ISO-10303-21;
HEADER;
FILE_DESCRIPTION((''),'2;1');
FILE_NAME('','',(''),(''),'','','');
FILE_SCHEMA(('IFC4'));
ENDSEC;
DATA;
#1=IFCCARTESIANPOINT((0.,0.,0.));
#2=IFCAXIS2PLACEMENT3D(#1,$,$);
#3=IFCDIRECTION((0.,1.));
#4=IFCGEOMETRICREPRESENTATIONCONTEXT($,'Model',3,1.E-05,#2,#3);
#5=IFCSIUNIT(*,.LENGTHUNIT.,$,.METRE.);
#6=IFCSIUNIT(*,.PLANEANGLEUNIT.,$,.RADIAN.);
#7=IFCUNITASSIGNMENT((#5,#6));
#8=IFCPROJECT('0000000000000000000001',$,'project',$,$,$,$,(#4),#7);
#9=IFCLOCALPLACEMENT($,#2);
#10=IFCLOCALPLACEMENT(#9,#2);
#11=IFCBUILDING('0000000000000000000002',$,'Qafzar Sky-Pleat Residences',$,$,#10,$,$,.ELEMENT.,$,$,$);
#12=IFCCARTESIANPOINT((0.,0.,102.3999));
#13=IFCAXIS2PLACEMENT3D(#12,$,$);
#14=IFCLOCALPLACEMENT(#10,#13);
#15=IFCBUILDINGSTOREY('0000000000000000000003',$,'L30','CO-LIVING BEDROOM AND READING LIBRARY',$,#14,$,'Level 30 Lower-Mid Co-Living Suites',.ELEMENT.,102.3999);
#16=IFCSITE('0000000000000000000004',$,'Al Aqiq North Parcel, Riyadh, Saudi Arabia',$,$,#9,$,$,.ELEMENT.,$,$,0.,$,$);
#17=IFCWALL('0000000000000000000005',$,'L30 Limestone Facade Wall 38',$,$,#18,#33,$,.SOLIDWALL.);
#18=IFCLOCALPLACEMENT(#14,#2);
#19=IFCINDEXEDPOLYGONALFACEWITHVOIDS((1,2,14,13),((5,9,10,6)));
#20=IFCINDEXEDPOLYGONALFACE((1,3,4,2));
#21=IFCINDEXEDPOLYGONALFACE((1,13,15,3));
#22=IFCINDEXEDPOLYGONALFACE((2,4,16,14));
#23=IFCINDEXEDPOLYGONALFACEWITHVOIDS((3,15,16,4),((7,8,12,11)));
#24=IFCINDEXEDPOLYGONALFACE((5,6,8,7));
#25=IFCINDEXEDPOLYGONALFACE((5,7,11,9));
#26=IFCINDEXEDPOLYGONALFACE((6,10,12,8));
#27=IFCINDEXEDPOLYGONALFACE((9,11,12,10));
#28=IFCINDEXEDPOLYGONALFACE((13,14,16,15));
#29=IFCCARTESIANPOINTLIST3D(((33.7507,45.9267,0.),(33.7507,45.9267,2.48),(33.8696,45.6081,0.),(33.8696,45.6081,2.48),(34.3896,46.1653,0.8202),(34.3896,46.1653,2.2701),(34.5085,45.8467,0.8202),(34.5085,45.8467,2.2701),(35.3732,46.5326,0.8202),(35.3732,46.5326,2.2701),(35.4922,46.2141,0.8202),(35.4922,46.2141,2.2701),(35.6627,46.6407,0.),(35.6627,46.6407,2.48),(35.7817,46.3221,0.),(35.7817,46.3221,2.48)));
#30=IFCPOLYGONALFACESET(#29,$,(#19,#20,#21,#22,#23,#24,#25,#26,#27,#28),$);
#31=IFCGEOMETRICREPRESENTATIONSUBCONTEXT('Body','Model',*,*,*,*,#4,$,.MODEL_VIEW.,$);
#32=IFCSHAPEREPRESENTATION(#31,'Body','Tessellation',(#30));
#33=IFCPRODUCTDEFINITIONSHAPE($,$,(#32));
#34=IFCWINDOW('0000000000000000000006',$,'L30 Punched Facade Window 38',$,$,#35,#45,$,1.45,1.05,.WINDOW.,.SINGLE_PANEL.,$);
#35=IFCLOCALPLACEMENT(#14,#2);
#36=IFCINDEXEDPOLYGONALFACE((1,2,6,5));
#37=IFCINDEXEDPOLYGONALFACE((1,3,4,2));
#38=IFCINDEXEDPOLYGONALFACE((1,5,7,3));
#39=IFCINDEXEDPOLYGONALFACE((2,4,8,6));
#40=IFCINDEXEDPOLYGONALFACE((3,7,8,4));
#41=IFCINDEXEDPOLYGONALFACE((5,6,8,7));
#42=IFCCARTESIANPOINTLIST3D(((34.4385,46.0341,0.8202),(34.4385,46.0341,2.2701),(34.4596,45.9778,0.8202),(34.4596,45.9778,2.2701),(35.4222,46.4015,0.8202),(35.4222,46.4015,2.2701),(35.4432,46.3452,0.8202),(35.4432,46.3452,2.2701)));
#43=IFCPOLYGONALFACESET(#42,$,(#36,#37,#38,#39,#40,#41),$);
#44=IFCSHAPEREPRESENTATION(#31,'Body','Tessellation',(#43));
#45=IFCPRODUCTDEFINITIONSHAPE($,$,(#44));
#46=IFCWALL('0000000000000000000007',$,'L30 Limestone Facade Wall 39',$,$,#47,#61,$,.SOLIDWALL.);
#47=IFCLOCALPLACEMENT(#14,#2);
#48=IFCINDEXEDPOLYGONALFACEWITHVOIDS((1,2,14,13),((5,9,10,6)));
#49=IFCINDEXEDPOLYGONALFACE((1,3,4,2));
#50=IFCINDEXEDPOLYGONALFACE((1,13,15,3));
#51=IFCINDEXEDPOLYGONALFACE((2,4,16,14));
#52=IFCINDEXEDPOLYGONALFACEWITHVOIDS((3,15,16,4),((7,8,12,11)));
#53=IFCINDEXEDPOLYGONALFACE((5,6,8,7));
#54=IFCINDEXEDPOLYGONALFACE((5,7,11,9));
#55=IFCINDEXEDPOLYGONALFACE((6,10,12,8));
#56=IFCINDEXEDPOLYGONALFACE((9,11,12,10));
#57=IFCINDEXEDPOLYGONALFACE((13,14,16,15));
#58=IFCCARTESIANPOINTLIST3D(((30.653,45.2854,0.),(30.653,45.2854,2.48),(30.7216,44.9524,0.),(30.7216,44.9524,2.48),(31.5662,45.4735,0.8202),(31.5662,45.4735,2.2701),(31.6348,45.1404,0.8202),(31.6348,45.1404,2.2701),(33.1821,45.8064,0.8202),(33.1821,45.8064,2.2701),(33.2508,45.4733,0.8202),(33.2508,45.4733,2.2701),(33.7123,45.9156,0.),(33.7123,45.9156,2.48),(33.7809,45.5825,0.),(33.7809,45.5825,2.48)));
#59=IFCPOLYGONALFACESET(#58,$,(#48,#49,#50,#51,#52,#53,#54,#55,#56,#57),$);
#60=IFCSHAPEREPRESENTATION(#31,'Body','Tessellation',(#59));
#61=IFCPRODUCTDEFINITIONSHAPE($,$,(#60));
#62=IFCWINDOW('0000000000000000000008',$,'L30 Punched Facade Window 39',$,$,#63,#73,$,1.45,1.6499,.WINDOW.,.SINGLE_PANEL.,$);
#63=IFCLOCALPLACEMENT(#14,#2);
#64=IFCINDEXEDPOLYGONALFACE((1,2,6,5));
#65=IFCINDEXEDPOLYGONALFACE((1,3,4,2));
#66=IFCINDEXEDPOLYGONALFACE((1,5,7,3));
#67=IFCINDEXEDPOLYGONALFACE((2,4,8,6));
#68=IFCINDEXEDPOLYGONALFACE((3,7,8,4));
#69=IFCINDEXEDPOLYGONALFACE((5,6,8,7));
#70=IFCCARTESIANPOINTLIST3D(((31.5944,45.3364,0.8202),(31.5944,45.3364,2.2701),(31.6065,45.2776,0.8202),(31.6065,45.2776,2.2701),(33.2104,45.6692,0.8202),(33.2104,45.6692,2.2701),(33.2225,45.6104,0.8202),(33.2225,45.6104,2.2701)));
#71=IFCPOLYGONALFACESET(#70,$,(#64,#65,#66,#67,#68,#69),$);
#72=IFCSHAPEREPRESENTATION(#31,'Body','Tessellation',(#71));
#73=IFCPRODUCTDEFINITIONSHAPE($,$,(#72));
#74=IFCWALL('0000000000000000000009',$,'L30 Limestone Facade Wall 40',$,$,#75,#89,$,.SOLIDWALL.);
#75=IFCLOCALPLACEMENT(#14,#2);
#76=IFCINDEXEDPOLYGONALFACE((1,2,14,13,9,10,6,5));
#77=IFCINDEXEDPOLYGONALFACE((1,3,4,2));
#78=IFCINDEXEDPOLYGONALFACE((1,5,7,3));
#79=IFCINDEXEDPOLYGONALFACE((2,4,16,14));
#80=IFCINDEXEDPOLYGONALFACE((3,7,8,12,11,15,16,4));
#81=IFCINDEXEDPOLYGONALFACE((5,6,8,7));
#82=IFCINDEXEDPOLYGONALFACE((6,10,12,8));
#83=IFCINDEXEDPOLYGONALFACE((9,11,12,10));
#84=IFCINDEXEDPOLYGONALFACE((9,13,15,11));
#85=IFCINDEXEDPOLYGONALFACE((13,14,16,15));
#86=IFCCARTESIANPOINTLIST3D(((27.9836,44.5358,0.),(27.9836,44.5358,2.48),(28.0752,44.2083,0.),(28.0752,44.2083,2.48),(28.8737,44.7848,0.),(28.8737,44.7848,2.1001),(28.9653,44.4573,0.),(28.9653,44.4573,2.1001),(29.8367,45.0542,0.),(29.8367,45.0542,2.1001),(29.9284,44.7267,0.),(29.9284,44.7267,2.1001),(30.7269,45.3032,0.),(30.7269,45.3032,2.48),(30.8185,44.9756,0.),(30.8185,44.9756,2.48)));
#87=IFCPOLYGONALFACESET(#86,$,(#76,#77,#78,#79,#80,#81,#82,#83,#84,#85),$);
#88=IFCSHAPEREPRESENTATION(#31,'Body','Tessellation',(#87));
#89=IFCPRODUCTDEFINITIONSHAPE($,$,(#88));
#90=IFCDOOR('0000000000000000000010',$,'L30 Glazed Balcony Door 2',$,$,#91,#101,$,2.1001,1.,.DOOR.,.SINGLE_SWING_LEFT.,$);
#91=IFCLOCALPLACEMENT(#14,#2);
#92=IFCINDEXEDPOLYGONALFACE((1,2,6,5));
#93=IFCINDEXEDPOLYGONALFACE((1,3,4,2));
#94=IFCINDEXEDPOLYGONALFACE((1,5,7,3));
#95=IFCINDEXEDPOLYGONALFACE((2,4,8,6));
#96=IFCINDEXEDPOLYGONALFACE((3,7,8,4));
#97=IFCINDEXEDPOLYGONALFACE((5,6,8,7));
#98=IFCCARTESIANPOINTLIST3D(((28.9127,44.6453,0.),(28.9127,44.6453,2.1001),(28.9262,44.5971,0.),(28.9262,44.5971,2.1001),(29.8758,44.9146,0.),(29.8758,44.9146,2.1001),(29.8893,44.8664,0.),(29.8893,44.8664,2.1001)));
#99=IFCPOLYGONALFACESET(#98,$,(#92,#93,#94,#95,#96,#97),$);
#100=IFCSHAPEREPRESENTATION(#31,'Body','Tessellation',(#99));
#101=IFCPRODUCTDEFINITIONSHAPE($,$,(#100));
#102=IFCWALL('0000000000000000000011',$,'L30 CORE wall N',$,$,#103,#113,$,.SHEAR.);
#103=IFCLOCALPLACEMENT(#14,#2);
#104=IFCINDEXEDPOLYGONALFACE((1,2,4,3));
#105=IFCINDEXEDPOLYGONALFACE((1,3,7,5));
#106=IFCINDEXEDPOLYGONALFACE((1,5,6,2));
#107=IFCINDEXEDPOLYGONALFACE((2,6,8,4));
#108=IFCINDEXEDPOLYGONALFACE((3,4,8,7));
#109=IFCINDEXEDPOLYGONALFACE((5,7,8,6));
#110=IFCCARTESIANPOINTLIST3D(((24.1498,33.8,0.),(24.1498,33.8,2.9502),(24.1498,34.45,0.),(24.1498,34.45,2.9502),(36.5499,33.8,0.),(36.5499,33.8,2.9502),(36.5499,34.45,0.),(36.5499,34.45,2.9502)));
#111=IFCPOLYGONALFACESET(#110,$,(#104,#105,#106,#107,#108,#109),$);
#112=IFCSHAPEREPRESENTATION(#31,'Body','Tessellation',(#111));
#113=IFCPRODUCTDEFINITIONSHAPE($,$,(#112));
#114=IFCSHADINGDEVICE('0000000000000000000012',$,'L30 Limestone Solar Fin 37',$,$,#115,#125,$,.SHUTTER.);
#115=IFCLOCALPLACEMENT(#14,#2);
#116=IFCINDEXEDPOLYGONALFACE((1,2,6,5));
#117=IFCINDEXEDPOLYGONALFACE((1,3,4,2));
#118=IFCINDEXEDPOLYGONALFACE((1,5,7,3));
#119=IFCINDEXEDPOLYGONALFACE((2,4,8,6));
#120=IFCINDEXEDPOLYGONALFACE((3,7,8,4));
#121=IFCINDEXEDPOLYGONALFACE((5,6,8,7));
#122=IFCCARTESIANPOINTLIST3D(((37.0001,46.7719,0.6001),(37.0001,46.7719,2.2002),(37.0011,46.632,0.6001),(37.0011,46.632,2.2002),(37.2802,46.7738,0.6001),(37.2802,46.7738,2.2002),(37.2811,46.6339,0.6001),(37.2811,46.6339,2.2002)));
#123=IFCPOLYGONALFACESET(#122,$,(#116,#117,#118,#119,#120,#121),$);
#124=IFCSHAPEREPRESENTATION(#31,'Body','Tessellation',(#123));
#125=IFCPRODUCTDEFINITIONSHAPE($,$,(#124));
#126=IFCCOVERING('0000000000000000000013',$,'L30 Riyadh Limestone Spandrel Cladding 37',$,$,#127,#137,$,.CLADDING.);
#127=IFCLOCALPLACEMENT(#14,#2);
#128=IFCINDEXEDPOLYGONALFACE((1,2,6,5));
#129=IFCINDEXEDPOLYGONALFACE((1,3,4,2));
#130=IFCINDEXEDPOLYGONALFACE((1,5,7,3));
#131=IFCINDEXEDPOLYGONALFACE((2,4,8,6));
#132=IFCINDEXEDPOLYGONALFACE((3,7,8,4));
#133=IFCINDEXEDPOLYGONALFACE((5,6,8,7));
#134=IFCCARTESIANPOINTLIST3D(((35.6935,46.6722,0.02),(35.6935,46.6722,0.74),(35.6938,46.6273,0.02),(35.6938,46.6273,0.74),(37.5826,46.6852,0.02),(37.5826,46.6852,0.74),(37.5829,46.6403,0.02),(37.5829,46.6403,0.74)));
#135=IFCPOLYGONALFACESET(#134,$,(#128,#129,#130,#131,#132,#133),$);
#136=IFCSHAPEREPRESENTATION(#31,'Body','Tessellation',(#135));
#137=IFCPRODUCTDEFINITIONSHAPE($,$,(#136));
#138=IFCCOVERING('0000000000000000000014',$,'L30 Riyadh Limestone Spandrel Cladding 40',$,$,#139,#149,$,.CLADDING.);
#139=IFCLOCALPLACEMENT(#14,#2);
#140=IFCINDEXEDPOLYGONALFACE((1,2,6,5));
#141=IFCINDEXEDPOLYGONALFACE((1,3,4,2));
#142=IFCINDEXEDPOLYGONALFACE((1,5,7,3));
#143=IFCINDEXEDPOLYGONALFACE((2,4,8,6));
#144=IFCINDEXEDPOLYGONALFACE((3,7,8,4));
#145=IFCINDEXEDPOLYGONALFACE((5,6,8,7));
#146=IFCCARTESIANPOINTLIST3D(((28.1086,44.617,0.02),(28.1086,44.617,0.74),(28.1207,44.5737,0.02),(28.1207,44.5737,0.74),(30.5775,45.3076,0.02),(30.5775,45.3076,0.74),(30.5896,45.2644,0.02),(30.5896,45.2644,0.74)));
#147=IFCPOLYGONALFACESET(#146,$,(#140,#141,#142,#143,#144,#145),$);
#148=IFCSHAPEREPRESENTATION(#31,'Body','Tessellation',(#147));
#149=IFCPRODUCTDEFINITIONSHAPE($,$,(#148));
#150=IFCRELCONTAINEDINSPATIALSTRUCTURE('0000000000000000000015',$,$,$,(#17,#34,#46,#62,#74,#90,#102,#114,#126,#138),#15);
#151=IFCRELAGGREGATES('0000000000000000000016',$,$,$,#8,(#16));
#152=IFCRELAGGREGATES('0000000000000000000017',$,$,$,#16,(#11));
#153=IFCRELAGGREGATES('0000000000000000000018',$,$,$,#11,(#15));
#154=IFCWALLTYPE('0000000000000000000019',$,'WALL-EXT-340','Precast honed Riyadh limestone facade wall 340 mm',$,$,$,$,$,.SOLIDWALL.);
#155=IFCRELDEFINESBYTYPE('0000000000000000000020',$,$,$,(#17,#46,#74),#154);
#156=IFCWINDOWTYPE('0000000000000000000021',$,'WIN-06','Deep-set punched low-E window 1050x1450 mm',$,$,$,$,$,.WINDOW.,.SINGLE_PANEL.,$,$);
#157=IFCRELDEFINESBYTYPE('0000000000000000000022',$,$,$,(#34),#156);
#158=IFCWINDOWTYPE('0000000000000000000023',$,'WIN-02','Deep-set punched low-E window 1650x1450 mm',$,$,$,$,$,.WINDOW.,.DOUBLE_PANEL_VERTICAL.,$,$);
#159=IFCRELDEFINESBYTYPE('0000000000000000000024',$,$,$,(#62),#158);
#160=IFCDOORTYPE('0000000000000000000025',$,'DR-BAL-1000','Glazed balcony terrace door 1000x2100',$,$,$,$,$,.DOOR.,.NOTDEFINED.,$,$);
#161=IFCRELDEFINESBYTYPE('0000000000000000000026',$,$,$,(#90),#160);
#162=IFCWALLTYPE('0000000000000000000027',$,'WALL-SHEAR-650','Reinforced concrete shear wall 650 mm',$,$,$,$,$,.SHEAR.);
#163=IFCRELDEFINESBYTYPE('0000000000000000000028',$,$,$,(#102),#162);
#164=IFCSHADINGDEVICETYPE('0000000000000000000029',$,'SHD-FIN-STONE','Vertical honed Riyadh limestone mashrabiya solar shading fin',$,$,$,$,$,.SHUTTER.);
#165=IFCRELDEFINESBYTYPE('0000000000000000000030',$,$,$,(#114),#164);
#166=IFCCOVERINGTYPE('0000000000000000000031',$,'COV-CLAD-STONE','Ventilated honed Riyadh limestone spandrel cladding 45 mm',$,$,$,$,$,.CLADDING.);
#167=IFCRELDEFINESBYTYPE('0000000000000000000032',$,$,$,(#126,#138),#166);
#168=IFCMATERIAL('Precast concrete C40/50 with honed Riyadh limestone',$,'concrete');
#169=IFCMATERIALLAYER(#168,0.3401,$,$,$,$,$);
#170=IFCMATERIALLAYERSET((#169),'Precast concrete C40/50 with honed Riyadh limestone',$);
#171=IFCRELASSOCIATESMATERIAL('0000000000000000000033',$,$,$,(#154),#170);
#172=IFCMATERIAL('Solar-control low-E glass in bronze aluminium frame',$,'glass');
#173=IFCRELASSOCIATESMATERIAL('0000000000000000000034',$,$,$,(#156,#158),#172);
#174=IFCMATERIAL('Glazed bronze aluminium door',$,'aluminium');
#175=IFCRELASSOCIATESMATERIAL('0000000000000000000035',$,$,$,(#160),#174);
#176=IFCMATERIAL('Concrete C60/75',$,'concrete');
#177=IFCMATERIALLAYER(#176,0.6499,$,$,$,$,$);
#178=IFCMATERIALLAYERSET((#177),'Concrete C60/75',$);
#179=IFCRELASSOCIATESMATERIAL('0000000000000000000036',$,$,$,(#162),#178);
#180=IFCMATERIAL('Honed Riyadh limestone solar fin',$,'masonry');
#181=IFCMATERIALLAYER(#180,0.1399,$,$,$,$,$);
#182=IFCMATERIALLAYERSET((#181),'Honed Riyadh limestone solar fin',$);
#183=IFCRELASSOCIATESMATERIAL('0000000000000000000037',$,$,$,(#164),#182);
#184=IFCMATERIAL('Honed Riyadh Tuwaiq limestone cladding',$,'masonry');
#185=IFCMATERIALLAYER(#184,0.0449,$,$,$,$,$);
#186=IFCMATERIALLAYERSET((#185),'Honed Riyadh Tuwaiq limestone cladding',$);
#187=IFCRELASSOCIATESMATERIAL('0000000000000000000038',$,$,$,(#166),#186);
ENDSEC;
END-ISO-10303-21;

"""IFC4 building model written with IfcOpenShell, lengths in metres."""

from ifc_helpers import new_model, si_unit, direction, frame, frame_2d, origin, origin_2d, place, context, subcontext, project, spatial, rectangle, extrude, source, transform, mapped, material, layer, layer_set, type_object, element, fill, save


model = new_model("IFC4")

# Units and contexts
model_context = context("Model", 3, precision=1e-05, world=origin(), true_north=direction((0.0, 1.0)))
body_context = subcontext(model_context, "Body", "Model", "MODEL_VIEW")
ifc_project = project(units=[si_unit("LENGTHUNIT", "METRE"), si_unit("PLANEANGLEUNIT", "RADIAN")], contexts=[model_context])

# Site, building, storey
site_placement = place(None, origin())
site = spatial("IfcSite", under=ifc_project, at=site_placement, Name="Al Aqiq North Parcel, Riyadh, Saudi Arabia", CompositionType="ELEMENT", RefElevation=0.0)
building_placement = place(site_placement, origin())
building = spatial("IfcBuilding", under=site, at=building_placement, Name="Qafzar Sky-Pleat Residences", CompositionType="ELEMENT")
storey_placement = place(building_placement, frame((0.0, 0.0, 102.3999)))
storey = spatial("IfcBuildingStorey", under=building, at=storey_placement, Name="L30", Description="CO-LIVING BEDROOM AND READING LIBRARY", LongName="Level 30 Lower-Mid Co-Living Suites", CompositionType="ELEMENT", Elevation=102.3999)

# Walls, openings, windows
ifc_material_1 = material(Name="Precast concrete C40/50 with honed Riyadh limestone", Category="concrete")
ifc_layer_1 = layer(ifc_material_1, 0.3401)
ifc_layer_set_1 = layer_set([ifc_layer_1], Name="Precast concrete C40/50 with honed Riyadh limestone")
wall_type_1 = type_object("IfcWallType", Name="WALL-EXT-340", Description="Precast honed Riyadh limestone facade wall 340 mm", PredefinedType="SOLIDWALL", material=ifc_layer_set_1)
wall_1_placement = place(storey_placement, frame((35.7222, 46.4814, 0.0), z_axis=(0.0, 0.0, 1.0), x_axis=(-0.9368, -0.349865, 0.0)))
wall_1 = element("IfcWall", 1, at=wall_1_placement, inside=storey, type_object=wall_type_1, Name="L30 Limestone Facade Wall 38", PredefinedType="SOLIDWALL", context=body_context, shape_type="SweptSolid", body=[
    extrude(rectangle(XDim=2.041, YDim=0.3401, at=frame_2d((1.0205, 0.0))), origin(), (0.0, 0.0, 1.0), 2.48),
])
opening_1_placement = place(wall_1_placement, frame((0.3091, 0.0, 0.8201)))
opening_1 = element("IfcOpeningElement", 2, at=opening_1_placement, cuts=wall_1, PredefinedType="OPENING", context=body_context, shape_type="SweptSolid", body=[
    extrude(rectangle(XDim=1.05, YDim=1.45, at=frame_2d((0.5249, 0.7251))), frame((0.0, 0.1802, 0.0), z_axis=(0.0, -1.0, 0.0), x_axis=(1.0, 0.0, 0.0)), (0.0, 0.0, 1.0), 0.3601),
])
ifc_material_2 = material(Name="Solar-control low-E glass in bronze aluminium frame", Category="glass")
window_type_1 = type_object("IfcWindowType", Name="WIN-06", Description="Deep-set punched low-E window 1050x1450 mm", PartitioningType="SINGLE_PANEL", PredefinedType="WINDOW", material=ifc_material_2)
shared_shape_1 = source(origin(), body_context, "Body", "SweptSolid", [
    extrude(rectangle(XDim=1.05, YDim=1.45, at=frame_2d((0.5249, 0.7251))), frame((0.0, 0.03, 0.0), z_axis=(0.0, -1.0, 0.0), x_axis=(1.0, 0.0, 0.0)), (0.0, 0.0, 1.0), 0.0601),
])
window_1_placement = place(opening_1_placement, origin())
window_1 = element("IfcWindow", 3, at=window_1_placement, inside=storey, type_object=window_type_1, Name="L30 Punched Facade Window 38", OverallHeight=1.45, OverallWidth=1.05, PartitioningType="SINGLE_PANEL", PredefinedType="WINDOW", context=body_context, shape_type="MappedRepresentation", body=[
    mapped(shared_shape_1, transform((0.0, 0.0, 0.0), x_axis=(1.0, 0.0, 0.0), y_axis=(0.0, 1.0, 0.0), z_axis=(0.0, 0.0, 1.0), scale=1.0)),
])
fill(opening_1, window_1)
wall_2_placement = place(storey_placement, frame((33.7466, 45.749, 0.0), z_axis=(0.0, 0.0, 1.0), x_axis=(-0.97944, -0.201735, 0.0)))
wall_2 = element("IfcWall", 4, at=wall_2_placement, inside=storey, type_object=wall_type_1, Name="L30 Limestone Facade Wall 39", PredefinedType="SOLIDWALL", context=body_context, shape_type="SweptSolid", body=[
    extrude(rectangle(XDim=3.1235, YDim=0.3401, at=frame_2d((1.5618, 0.0))), origin(), (0.0, 0.0, 1.0), 2.48),
])
opening_2_placement = place(wall_2_placement, frame((0.5413, 0.0, 0.8201)))
opening_2 = element("IfcOpeningElement", 5, at=opening_2_placement, cuts=wall_2, PredefinedType="OPENING", context=body_context, shape_type="SweptSolid", body=[
    extrude(rectangle(XDim=1.6499, YDim=1.45, at=frame_2d((0.825, 0.7251))), frame((0.0, 0.1802, 0.0), z_axis=(0.0, -1.0, 0.0), x_axis=(1.0, 0.0, 0.0)), (0.0, 0.0, 1.0), 0.3601),
])
window_type_2 = type_object("IfcWindowType", Name="WIN-02", Description="Deep-set punched low-E window 1650x1450 mm", PartitioningType="DOUBLE_PANEL_VERTICAL", PredefinedType="WINDOW", material=ifc_material_2)
shared_shape_2 = source(origin(), body_context, "Body", "SweptSolid", [
    extrude(rectangle(XDim=1.6499, YDim=1.45, at=frame_2d((0.825, 0.7251))), frame((0.0, 0.03, 0.0), z_axis=(0.0, -1.0, 0.0), x_axis=(1.0, 0.0, 0.0)), (0.0, 0.0, 1.0), 0.0601),
])
window_2_placement = place(opening_2_placement, origin())
window_2 = element("IfcWindow", 6, at=window_2_placement, inside=storey, type_object=window_type_2, Name="L30 Punched Facade Window 39", OverallHeight=1.45, OverallWidth=1.6499, PartitioningType="SINGLE_PANEL", PredefinedType="WINDOW", context=body_context, shape_type="MappedRepresentation", body=[
    mapped(shared_shape_2, transform((0.0, 0.0, 0.0), x_axis=(1.0, 0.0, 0.0), y_axis=(0.0, 1.0, 0.0), z_axis=(0.0, 0.0, 1.0), scale=1.0)),
])
fill(opening_2, window_2)

# Wall, opening, door
wall_3_placement = place(storey_placement, frame((30.7727, 45.1394, 0.0), z_axis=(0.0, 0.0, 1.0), x_axis=(-0.963039, -0.269363, 0.0)))
wall_3 = element("IfcWall", 7, at=wall_3_placement, inside=storey, type_object=wall_type_1, Name="L30 Limestone Facade Wall 40", PredefinedType="SOLIDWALL", context=body_context, shape_type="SweptSolid", body=[
    extrude(rectangle(XDim=2.8486, YDim=0.3401, at=frame_2d((1.4243, 0.0))), origin(), (0.0, 0.0, 1.0), 2.48),
])
opening_3_placement = place(wall_3_placement, frame((0.9243, 0.0, 0.0)))
opening_3 = element("IfcOpeningElement", 8, at=opening_3_placement, cuts=wall_3, PredefinedType="OPENING", context=body_context, shape_type="SweptSolid", body=[
    extrude(rectangle(XDim=1.0, YDim=2.1001, at=frame_2d((0.5, 1.05))), frame((0.0, 0.1802, 0.0), z_axis=(0.0, -1.0, 0.0), x_axis=(1.0, 0.0, 0.0)), (0.0, 0.0, 1.0), 0.3601),
])
ifc_material_3 = material(Name="Glazed bronze aluminium door", Category="aluminium")
door_type_1 = type_object("IfcDoorType", Name="DR-BAL-1000", Description="Glazed balcony terrace door 1000x2100", OperationType="NOTDEFINED", PredefinedType="DOOR", material=ifc_material_3)
shared_shape_3 = source(origin(), body_context, "Body", "SweptSolid", [
    extrude(rectangle(XDim=1.0, YDim=2.1001, at=frame_2d((0.5, 1.05))), frame((0.0, 0.0249, 0.0), z_axis=(0.0, -1.0, 0.0), x_axis=(1.0, 0.0, 0.0)), (0.0, 0.0, 1.0), 0.05),
])
door_1_placement = place(opening_3_placement, origin())
door_1 = element("IfcDoor", 9, at=door_1_placement, inside=storey, type_object=door_type_1, Name="L30 Glazed Balcony Door 2", OperationType="SINGLE_SWING_LEFT", OverallHeight=2.1001, OverallWidth=1.0, PredefinedType="DOOR", context=body_context, shape_type="MappedRepresentation", body=[
    mapped(shared_shape_3, transform((0.0, 0.0, 0.0), x_axis=(1.0, 0.0, 0.0), y_axis=(0.0, 1.0, 0.0), z_axis=(0.0, 0.0, 1.0), scale=1.0)),
])
fill(opening_3, door_1)

# Wall
ifc_material_4 = material(Name="Concrete C60/75", Category="concrete")
ifc_layer_2 = layer(ifc_material_4, 0.6499)
ifc_layer_set_2 = layer_set([ifc_layer_2], Name="Concrete C60/75")
wall_type_2 = type_object("IfcWallType", Name="WALL-SHEAR-650", Description="Reinforced concrete shear wall 650 mm", PredefinedType="SHEAR", material=ifc_layer_set_2)
wall_4_placement = place(storey_placement, frame((36.55, 34.125, 0.0), z_axis=(0.0, 0.0, 1.0), x_axis=(-1.0, 0.0, 0.0)))
element("IfcWall", 10, at=wall_4_placement, inside=storey, type_object=wall_type_2, Name="L30 CORE wall N", PredefinedType="SHEAR", context=body_context, shape_type="SweptSolid", body=[
    extrude(rectangle(XDim=12.4001, YDim=0.6499, at=frame_2d((6.2002, 0.0))), origin(), (0.0, 0.0, 1.0), 2.9502),
])

# Shading device
ifc_material_5 = material(Name="Honed Riyadh limestone solar fin", Category="masonry")
ifc_layer_3 = layer(ifc_material_5, 0.1399)
ifc_layer_set_3 = layer_set([ifc_layer_3], Name="Honed Riyadh limestone solar fin")
shading_device_type = type_object("IfcShadingDeviceType", Name="SHD-FIN-STONE", Description="Vertical honed Riyadh limestone mashrabiya solar shading fin", PredefinedType="SHUTTER", material=ifc_layer_set_3)
shared_shape_4 = source(origin(), body_context, "Body", "SweptSolid", [
    extrude(rectangle(XDim=0.1399, YDim=0.28, at=origin_2d()), origin(), (0.0, 0.0, 1.0), 1.6001),
])
shading_device_placement = place(storey_placement, frame((37.1406, 46.7029, 0.6001), z_axis=(0.0, 0.0, 1.0), x_axis=(-0.006822, 0.999977, 0.0)))
element("IfcShadingDevice", 11, at=shading_device_placement, inside=storey, type_object=shading_device_type, Name="L30 Limestone Solar Fin 37", PredefinedType="SHUTTER", context=body_context, shape_type="MappedRepresentation", body=[
    mapped(shared_shape_4, transform((0.0, 0.0, 0.0), x_axis=(1.0, 0.0, 0.0), y_axis=(0.0, 1.0, 0.0), z_axis=(0.0, 0.0, 1.0), scale=1.0)),
])

# Covering
ifc_material_6 = material(Name="Honed Riyadh Tuwaiq limestone cladding", Category="masonry")
ifc_layer_4 = layer(ifc_material_6, 0.0449)
ifc_layer_set_4 = layer_set([ifc_layer_4], Name="Honed Riyadh Tuwaiq limestone cladding")
covering_type = type_object("IfcCoveringType", Name="COV-CLAD-STONE", Description="Ventilated honed Riyadh limestone spandrel cladding 45 mm", PredefinedType="CLADDING", material=ifc_layer_set_4)
shared_shape_5 = source(origin(), body_context, "Body", "SweptSolid", [
    extrude(rectangle(XDim=1.8892, YDim=0.0449, at=origin_2d()), origin(), (0.0, 0.0, 1.0), 0.72),
])
covering_1_placement = place(storey_placement, frame((36.6382, 46.6562, 0.02), z_axis=(0.0, 0.0, 1.0), x_axis=(-0.999976, -0.006861, 0.0)))
element("IfcCovering", 12, at=covering_1_placement, inside=storey, type_object=covering_type, Name="L30 Riyadh Limestone Spandrel Cladding 37", PredefinedType="CLADDING", context=body_context, shape_type="MappedRepresentation", body=[
    mapped(shared_shape_5, transform((0.0, 0.0, 0.0), x_axis=(1.0, 0.0, 0.0), y_axis=(0.0, 1.0, 0.0), z_axis=(0.0, 0.0, 1.0), scale=1.0)),
])

# Covering
shared_shape_6 = source(origin(), body_context, "Body", "SweptSolid", [
    extrude(rectangle(XDim=2.5637, YDim=0.0449, at=origin_2d()), origin(), (0.0, 0.0, 1.0), 0.72),
])
covering_2_placement = place(storey_placement, frame((29.3491, 44.9407, 0.02), z_axis=(0.0, 0.0, 1.0), x_axis=(-0.96303, -0.269394, 0.0)))
element("IfcCovering", 13, at=covering_2_placement, inside=storey, type_object=covering_type, Name="L30 Riyadh Limestone Spandrel Cladding 40", PredefinedType="CLADDING", context=body_context, shape_type="MappedRepresentation", body=[
    mapped(shared_shape_6, transform((0.0, 0.0, 0.0), x_axis=(1.0, 0.0, 0.0), y_axis=(0.0, 1.0, 0.0), z_axis=(0.0, 0.0, 1.0), scale=1.0)),
])

save(model, "model.ifc")
